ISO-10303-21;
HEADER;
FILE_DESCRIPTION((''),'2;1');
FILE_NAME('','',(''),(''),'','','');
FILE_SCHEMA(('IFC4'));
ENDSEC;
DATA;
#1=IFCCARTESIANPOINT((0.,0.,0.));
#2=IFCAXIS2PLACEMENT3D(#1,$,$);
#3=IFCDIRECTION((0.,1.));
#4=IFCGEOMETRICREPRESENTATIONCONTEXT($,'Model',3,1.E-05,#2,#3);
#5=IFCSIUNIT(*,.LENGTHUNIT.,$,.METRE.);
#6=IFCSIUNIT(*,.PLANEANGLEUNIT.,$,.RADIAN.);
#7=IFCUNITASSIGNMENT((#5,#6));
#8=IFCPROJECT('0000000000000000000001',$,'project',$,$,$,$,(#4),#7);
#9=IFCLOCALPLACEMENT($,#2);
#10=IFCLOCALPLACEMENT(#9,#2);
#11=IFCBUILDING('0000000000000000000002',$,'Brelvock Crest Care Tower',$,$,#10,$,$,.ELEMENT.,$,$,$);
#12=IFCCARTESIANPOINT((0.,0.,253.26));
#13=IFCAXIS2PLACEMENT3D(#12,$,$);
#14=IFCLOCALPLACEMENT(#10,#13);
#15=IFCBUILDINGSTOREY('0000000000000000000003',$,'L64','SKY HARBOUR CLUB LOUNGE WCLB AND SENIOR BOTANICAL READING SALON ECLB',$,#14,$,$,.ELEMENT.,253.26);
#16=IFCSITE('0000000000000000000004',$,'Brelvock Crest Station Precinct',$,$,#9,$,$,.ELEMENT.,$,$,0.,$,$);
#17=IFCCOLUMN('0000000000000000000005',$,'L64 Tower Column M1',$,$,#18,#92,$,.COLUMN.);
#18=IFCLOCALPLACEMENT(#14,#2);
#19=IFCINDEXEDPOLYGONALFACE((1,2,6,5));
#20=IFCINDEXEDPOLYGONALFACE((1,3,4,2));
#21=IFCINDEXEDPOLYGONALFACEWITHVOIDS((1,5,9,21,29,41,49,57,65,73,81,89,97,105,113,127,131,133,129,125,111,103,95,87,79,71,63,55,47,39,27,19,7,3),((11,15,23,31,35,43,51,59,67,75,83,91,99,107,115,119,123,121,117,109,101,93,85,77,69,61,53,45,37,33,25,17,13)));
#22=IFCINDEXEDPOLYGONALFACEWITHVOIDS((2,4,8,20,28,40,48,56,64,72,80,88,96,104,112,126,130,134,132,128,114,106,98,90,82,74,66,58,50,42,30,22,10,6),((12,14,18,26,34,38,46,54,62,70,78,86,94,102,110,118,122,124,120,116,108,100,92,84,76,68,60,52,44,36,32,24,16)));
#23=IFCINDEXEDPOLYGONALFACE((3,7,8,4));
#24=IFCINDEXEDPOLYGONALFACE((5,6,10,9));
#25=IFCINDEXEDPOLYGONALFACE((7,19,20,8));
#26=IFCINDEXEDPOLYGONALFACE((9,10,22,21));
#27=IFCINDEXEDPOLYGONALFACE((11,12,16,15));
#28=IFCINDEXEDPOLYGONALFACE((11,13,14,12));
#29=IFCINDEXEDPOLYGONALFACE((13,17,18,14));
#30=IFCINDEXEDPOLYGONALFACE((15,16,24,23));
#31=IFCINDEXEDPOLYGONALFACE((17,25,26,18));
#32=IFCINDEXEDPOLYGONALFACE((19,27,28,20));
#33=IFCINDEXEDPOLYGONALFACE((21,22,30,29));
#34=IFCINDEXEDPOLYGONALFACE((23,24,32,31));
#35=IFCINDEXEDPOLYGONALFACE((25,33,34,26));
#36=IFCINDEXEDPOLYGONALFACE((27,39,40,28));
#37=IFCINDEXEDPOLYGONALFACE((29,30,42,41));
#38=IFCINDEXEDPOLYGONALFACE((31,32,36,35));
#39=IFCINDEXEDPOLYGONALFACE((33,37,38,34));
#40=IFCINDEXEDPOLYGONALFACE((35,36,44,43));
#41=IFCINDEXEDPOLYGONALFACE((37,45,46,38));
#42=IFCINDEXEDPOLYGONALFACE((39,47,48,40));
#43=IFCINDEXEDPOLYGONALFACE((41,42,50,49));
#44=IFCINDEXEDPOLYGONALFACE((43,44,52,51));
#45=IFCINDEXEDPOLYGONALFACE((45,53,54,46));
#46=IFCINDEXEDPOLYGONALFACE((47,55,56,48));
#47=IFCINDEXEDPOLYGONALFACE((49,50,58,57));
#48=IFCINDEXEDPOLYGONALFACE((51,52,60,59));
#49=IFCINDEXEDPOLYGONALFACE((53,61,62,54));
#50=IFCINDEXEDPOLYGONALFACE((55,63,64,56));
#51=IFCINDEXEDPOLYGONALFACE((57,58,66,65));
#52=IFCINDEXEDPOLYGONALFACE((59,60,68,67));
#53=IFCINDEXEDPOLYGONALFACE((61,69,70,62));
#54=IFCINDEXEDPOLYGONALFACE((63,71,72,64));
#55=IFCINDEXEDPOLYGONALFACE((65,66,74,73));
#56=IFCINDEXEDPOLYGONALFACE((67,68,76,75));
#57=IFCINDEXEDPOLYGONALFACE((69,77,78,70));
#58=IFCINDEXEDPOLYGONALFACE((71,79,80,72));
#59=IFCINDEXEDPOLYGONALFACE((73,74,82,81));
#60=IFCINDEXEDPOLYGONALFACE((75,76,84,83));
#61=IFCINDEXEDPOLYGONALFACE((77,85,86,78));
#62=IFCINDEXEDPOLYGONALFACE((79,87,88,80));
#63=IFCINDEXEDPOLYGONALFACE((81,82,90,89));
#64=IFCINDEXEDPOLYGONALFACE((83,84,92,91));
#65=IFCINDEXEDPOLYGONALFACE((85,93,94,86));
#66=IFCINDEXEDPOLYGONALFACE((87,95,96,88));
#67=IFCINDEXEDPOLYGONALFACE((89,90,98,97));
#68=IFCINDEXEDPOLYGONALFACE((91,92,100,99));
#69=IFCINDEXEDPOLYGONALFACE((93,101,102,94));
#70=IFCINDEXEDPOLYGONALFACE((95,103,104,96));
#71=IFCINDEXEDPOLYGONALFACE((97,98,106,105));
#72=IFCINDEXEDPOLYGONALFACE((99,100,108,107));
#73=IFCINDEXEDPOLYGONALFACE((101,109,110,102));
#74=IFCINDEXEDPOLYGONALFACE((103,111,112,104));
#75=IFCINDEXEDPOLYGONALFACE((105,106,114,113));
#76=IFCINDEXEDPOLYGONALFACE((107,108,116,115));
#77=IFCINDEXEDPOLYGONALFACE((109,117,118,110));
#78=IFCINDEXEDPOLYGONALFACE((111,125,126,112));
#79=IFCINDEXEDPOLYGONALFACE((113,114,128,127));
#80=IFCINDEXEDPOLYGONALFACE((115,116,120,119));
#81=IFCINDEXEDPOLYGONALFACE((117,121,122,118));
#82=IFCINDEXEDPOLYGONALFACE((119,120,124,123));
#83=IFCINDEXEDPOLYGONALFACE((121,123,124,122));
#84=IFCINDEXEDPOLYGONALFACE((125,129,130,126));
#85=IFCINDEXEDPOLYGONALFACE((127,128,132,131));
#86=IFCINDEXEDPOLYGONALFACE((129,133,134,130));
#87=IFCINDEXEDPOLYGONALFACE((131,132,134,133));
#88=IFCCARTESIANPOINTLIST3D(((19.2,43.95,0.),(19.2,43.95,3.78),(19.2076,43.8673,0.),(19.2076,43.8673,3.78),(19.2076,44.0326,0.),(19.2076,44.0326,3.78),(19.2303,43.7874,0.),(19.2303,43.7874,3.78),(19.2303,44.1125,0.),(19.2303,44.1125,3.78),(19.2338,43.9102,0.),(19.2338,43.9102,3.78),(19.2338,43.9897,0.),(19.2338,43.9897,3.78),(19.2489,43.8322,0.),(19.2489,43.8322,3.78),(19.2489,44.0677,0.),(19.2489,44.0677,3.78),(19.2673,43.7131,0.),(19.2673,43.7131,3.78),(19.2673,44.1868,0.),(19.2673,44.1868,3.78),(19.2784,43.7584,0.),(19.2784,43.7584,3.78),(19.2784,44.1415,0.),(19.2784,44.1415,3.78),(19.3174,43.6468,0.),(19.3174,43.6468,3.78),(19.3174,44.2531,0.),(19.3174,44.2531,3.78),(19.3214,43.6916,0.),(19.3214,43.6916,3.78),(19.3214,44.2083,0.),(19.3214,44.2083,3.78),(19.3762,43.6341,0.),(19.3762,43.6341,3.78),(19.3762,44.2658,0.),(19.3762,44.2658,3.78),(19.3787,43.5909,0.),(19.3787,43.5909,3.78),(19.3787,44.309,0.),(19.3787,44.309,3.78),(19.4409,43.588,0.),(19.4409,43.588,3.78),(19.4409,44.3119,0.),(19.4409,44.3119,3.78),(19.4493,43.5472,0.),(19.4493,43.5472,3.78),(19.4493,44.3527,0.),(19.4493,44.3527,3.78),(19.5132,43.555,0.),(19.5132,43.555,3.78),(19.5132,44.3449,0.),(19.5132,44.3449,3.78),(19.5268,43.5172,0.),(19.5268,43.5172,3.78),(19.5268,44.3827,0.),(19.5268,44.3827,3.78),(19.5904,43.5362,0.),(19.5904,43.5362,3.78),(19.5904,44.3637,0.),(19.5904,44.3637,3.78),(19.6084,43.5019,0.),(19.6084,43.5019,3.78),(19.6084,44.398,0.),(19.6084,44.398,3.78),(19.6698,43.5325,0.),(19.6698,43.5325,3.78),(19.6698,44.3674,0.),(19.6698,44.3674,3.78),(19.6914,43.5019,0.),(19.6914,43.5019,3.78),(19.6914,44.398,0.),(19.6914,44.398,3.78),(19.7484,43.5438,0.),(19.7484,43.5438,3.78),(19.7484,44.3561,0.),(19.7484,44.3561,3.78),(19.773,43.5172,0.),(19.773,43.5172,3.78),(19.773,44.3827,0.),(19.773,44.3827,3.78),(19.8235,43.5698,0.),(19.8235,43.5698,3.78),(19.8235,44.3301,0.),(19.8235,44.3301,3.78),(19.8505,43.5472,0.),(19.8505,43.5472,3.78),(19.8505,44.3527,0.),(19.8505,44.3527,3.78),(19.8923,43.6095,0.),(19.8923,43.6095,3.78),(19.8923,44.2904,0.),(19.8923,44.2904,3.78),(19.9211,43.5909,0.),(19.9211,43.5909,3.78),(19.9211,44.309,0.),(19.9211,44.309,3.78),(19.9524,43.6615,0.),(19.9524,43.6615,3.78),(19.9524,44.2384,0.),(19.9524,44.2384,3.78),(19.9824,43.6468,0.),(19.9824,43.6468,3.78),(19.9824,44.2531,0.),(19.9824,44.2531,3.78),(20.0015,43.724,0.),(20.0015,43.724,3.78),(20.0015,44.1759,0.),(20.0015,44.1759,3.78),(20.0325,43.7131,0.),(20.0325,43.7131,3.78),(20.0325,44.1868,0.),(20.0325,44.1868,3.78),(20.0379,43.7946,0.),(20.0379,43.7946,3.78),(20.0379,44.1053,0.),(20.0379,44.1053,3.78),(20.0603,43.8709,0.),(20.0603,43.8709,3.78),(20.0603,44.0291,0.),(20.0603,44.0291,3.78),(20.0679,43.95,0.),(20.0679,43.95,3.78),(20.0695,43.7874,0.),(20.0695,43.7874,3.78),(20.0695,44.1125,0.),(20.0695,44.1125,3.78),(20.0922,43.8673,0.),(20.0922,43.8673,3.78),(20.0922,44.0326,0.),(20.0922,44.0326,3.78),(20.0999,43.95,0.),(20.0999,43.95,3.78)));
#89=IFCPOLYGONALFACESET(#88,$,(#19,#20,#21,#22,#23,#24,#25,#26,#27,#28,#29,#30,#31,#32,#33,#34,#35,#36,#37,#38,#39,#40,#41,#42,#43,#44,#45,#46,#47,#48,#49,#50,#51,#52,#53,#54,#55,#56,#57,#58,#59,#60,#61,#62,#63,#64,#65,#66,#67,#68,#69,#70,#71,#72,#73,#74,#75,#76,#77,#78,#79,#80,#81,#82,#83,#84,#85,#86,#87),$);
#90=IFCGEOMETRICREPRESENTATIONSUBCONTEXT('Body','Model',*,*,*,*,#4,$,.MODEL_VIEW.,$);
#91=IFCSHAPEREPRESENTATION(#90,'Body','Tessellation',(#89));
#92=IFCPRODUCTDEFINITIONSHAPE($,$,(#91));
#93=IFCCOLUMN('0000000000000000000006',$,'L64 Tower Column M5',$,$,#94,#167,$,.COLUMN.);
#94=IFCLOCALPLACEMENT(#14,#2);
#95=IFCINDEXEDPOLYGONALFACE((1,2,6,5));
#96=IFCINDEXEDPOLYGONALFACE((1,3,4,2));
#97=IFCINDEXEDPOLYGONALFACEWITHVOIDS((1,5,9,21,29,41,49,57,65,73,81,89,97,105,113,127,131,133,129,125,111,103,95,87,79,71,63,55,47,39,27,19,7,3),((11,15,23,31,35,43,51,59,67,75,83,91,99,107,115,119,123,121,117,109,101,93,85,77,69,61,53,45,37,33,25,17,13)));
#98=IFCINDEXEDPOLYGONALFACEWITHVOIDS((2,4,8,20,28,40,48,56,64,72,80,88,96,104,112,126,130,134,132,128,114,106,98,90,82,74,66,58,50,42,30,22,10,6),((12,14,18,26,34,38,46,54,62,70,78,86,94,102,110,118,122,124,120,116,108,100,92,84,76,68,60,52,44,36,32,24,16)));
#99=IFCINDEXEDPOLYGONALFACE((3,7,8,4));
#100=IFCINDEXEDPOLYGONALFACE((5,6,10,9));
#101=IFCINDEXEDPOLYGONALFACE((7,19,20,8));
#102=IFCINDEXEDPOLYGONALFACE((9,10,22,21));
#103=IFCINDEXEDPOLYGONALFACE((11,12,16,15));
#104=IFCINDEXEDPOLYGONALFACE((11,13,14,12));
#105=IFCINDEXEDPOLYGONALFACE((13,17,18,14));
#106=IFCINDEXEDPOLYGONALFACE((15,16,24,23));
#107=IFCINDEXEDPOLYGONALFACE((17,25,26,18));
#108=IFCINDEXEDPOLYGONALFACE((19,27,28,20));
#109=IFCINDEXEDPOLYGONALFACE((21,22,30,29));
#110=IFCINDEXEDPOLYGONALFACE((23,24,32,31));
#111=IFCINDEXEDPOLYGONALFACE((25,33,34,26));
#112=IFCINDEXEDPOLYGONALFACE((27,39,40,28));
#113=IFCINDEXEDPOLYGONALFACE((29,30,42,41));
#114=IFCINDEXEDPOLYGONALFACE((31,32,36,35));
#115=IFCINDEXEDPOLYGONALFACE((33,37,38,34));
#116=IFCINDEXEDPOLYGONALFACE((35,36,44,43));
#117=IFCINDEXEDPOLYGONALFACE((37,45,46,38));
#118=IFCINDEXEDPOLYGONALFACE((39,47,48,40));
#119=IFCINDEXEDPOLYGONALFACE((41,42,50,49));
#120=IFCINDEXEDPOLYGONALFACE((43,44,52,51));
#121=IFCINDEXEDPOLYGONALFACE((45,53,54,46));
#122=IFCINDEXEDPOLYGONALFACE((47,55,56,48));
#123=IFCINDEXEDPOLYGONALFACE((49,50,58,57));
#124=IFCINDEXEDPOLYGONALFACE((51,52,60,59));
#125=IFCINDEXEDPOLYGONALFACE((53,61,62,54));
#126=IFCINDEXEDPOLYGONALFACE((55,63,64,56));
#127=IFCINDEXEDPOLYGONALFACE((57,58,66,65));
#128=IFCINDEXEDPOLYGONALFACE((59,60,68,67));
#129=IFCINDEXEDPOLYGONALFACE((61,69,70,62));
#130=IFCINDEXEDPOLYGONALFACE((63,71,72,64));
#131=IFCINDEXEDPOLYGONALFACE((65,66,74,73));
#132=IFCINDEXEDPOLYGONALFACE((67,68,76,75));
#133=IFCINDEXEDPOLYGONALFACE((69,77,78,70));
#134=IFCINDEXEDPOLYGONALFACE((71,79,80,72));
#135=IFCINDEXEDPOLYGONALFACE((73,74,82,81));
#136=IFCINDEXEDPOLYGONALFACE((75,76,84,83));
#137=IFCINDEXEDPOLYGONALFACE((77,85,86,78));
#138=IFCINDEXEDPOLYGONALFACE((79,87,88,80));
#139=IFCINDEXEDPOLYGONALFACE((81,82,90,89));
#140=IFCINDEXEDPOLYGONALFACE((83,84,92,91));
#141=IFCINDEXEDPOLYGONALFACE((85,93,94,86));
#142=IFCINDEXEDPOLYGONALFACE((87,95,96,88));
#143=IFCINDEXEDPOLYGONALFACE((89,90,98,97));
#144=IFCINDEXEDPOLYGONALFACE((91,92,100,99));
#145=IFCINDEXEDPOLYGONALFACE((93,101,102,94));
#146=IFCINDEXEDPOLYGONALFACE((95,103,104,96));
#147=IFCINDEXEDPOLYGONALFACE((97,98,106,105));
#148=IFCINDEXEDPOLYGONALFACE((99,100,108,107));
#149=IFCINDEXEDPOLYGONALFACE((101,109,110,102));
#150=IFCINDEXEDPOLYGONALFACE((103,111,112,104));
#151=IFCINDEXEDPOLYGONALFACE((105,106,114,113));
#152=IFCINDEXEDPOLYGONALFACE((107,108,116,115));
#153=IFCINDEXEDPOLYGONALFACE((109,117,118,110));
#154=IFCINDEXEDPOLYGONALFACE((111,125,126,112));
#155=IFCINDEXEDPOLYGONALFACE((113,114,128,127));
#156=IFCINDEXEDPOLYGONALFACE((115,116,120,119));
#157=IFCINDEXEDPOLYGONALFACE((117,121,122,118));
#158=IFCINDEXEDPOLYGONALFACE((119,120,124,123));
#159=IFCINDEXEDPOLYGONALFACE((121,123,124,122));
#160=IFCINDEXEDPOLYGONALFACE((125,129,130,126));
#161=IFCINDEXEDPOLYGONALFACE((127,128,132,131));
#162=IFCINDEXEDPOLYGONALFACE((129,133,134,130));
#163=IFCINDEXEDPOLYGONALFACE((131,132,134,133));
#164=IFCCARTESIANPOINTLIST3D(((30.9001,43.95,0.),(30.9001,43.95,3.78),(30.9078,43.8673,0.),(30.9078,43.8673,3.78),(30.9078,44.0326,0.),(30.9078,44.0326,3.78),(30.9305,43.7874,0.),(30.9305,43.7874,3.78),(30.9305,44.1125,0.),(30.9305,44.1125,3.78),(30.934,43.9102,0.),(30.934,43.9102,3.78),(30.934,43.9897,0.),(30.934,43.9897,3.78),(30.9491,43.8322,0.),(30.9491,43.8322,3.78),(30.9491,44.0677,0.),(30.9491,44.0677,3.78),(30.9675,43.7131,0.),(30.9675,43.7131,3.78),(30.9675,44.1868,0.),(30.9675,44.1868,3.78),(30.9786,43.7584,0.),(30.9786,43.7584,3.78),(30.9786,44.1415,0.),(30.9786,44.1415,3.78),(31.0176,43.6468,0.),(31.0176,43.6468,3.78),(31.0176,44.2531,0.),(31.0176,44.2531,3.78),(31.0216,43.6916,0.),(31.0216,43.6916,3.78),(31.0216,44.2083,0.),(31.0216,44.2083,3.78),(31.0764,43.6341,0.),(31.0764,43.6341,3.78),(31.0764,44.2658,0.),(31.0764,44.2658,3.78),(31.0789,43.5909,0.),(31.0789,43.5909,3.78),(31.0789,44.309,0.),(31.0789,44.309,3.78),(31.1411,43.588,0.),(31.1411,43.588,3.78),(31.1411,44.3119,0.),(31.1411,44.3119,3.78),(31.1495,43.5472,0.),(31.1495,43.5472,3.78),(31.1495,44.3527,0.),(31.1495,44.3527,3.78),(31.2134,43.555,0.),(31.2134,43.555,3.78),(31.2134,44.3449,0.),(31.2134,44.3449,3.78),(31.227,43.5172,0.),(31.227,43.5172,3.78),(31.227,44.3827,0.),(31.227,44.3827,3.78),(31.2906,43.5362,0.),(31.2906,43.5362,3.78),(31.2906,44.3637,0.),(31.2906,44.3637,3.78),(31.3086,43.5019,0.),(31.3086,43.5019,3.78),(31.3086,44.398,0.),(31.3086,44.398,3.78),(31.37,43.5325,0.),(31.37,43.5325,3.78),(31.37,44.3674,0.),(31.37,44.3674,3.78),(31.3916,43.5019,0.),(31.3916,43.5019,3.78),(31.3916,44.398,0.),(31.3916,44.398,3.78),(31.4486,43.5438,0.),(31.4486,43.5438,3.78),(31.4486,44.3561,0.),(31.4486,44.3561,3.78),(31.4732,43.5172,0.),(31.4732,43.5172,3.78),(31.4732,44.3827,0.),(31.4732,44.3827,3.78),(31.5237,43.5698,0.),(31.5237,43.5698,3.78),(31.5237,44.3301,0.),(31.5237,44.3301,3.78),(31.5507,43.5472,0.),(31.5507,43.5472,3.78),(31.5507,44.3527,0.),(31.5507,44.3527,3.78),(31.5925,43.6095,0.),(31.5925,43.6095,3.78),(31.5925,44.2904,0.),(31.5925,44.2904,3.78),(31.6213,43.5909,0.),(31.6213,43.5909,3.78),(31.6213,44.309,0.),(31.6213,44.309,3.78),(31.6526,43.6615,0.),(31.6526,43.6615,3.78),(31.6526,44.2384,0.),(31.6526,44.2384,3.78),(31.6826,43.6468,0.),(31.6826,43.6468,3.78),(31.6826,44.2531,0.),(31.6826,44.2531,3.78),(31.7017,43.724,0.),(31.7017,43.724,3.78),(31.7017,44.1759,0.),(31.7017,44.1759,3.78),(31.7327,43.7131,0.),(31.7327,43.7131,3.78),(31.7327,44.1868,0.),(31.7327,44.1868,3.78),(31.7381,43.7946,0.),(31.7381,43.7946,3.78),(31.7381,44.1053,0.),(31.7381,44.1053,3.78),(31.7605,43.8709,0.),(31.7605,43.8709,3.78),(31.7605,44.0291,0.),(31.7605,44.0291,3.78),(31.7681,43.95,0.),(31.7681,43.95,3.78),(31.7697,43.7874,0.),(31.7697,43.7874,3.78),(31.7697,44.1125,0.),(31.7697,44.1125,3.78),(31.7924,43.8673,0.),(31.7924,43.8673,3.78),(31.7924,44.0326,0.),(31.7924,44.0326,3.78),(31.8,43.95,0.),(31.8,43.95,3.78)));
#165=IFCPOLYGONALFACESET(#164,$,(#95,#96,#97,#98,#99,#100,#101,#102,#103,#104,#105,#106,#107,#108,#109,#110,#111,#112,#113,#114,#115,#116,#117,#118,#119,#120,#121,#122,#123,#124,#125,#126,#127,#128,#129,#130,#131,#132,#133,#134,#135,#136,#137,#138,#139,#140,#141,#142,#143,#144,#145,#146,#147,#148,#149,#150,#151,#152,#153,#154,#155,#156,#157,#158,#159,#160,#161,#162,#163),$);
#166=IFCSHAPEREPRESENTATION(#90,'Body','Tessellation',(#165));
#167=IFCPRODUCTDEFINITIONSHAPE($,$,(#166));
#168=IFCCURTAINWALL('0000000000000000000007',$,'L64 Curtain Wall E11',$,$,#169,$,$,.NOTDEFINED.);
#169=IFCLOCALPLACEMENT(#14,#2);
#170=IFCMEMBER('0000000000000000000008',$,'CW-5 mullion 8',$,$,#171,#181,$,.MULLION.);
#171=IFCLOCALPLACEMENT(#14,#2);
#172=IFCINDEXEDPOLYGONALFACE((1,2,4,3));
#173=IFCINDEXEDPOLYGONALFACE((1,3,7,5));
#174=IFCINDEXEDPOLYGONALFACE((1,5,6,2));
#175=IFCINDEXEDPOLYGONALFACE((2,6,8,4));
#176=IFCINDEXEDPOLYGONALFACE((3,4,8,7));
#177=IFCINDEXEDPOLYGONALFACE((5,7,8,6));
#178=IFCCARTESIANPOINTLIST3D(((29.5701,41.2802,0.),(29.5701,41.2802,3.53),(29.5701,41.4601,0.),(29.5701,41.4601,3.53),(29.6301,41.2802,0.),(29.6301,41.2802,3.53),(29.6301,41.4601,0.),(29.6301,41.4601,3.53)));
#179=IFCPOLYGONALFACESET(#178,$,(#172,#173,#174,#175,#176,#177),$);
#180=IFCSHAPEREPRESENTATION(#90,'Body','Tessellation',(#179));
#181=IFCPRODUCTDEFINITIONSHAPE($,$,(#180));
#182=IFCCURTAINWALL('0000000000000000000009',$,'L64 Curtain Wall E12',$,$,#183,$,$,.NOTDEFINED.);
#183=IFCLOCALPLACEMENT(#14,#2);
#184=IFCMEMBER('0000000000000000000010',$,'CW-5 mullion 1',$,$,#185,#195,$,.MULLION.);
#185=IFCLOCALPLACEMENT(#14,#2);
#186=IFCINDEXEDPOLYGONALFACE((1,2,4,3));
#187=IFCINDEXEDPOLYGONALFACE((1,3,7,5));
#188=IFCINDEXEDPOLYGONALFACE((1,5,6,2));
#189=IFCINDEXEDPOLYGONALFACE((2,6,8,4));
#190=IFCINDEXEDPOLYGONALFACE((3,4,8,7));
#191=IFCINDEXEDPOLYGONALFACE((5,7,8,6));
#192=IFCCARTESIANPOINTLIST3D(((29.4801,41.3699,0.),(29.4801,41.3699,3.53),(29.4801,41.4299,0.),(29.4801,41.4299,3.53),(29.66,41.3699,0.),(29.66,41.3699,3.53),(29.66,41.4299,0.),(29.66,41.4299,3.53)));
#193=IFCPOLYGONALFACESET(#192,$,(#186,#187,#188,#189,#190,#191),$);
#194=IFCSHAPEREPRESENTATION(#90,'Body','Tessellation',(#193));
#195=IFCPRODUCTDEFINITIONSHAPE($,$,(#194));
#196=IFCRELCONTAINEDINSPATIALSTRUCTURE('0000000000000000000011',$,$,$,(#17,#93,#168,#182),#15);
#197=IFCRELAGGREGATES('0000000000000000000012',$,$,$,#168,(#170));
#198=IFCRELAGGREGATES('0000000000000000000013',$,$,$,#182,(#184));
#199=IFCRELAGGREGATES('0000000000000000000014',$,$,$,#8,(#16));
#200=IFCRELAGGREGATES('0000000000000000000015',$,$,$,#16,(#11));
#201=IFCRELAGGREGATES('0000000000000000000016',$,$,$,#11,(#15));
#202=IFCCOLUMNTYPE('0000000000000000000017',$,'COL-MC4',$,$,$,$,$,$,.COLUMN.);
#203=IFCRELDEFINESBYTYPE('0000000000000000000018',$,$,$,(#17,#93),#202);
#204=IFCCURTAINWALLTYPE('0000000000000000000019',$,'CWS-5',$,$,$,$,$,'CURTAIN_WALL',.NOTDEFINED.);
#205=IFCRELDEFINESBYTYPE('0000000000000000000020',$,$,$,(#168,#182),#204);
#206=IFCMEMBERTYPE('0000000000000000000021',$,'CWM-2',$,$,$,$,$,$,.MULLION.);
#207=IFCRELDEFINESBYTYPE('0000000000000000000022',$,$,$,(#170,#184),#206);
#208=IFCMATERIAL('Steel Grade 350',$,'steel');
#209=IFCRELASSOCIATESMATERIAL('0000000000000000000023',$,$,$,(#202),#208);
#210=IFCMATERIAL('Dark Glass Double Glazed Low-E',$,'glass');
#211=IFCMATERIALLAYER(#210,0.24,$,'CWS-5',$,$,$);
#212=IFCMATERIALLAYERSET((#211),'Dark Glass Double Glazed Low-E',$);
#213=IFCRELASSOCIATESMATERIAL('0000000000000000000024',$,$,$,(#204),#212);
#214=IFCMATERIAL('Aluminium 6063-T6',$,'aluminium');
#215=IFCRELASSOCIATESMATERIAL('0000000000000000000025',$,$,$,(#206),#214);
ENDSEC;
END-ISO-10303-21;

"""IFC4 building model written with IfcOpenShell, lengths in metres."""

from ifc_helpers import new_model, si_unit, direction, frame, origin, origin_2d, place, context, subcontext, project, spatial, rectangle, hollow_circle, extrude, source, transform, mapped, material, layer, layer_set, material_profile, profile_set, type_object, element, aggregate, save


model = new_model("IFC4")

# Units and contexts
model_context = context("Model", 3, precision=1e-05, world=origin(), true_north=direction((0.0, 1.0)))
body_context = subcontext(model_context, "Body", "Model", "MODEL_VIEW")
ifc_project = project(units=[si_unit("LENGTHUNIT", "METRE"), si_unit("PLANEANGLEUNIT", "RADIAN")], contexts=[model_context])

# Site, building, storey
site_placement = place(None, origin())
site = spatial("IfcSite", under=ifc_project, at=site_placement, Name="Brelvock Crest Station Precinct", CompositionType="ELEMENT", RefElevation=0.0)
building_placement = place(site_placement, origin())
building = spatial("IfcBuilding", under=site, at=building_placement, Name="Brelvock Crest Care Tower", CompositionType="ELEMENT")
storey_placement = place(building_placement, frame((0.0, 0.0, 253.26)))
storey = spatial("IfcBuildingStorey", under=building, at=storey_placement, Name="L64", Description="SKY HARBOUR CLUB LOUNGE WCLB AND SENIOR BOTANICAL READING SALON ECLB", CompositionType="ELEMENT", Elevation=253.26)

# Columns
ifc_material_1 = material(Name="Steel Grade 350", Category="steel")
ifc_material_profile_1 = material_profile(ifc_material_1, hollow_circle(Radius=0.45, WallThickness=0.032, at=origin_2d()), Name="CFT900x32")
ifc_profile_set_1 = profile_set([ifc_material_profile_1], Name="Steel Grade 350")
column_type = type_object("IfcColumnType", Name="COL-MC4", PredefinedType="COLUMN", material=ifc_profile_set_1)
shared_shape_1 = source(origin(), body_context, "Body", "SweptSolid", [
    extrude(hollow_circle(Radius=0.45, WallThickness=0.032, at=origin_2d()), origin(), (0.0, 0.0, 1.0), 3.78),
])
for number, where, z_axis, x_axis, name in (
    (1, (19.6499, 43.95, 0.0), (0.0, 0.0, 1.0), (1.0, 0.0, 0.0), "L64 Tower Column M1"),
    (2, (31.3501, 43.95, 0.0), (0.0, 0.0, 1.0), (1.0, 0.0, 0.0), "L64 Tower Column M5"),
):
    element("IfcColumn", number, at=place(storey_placement, frame(where, z_axis=z_axis, x_axis=x_axis)), inside=storey, type_object=column_type, Name=name, PredefinedType="COLUMN", context=body_context, shape_type="MappedRepresentation", body=[
        mapped(shared_shape_1, transform((0.0, 0.0, 0.0), x_axis=(1.0, 0.0, 0.0), y_axis=(0.0, 1.0, 0.0), z_axis=(0.0, 0.0, 1.0), scale=1.0)),
    ])

# Curtain wall, member
ifc_material_2 = material(Name="Dark Glass Double Glazed Low-E", Category="glass")
ifc_layer_1 = layer(ifc_material_2, 0.24, Name="CWS-5")
ifc_layer_set_1 = layer_set([ifc_layer_1], Name="Dark Glass Double Glazed Low-E")
curtain_wall_type = type_object("IfcCurtainWallType", Name="CWS-5", ElementType="CURTAIN_WALL", PredefinedType="NOTDEFINED", material=ifc_layer_set_1)
curtain_wall_1_placement = place(storey_placement, origin())
curtain_wall_1 = element("IfcCurtainWall", 3, at=curtain_wall_1_placement, inside=storey, type_object=curtain_wall_type, Name="L64 Curtain Wall E11", PredefinedType="NOTDEFINED")
ifc_material_3 = material(Name="Aluminium 6063-T6", Category="aluminium")
ifc_material_profile_2 = material_profile(ifc_material_3, rectangle(XDim=0.0601, YDim=0.1799, at=origin_2d()), Name="ALU60x180")
ifc_profile_set_2 = profile_set([ifc_material_profile_2], Name="Aluminium 6063-T6")
member_type_1 = type_object("IfcMemberType", Name="CWM-2", PredefinedType="MULLION", material=ifc_profile_set_2)
shared_shape_2 = source(origin(), body_context, "Body", "SweptSolid", [
    extrude(rectangle(XDim=0.0601, YDim=0.1799, at=origin_2d()), origin(), (0.0, 0.0, 1.0), 3.53),
])
member_1_placement = place(storey_placement, frame((29.6001, 41.3701, 0.0), z_axis=(0.0, 0.0, 1.0), x_axis=(-1.0, 0.0, 0.0)))
member_1 = element("IfcMember", 4, at=member_1_placement, type_object=member_type_1, Name="CW-5 mullion 8", PredefinedType="MULLION", context=body_context, shape_type="MappedRepresentation", body=[
    mapped(shared_shape_2, transform((0.0, 0.0, 0.0), x_axis=(1.0, 0.0, 0.0), y_axis=(0.0, 1.0, 0.0), z_axis=(0.0, 0.0, 1.0), scale=1.0)),
])

# Curtain wall, member
curtain_wall_2_placement = place(storey_placement, origin())
curtain_wall_2 = element("IfcCurtainWall", 5, at=curtain_wall_2_placement, inside=storey, type_object=curtain_wall_type, Name="L64 Curtain Wall E12", PredefinedType="NOTDEFINED")
member_2_placement = place(storey_placement, frame((29.5701, 41.3999, 0.0), z_axis=(0.0, 0.0, 1.0), x_axis=(0.0, -1.0, 0.0)))
member_2 = element("IfcMember", 6, at=member_2_placement, type_object=member_type_1, Name="CW-5 mullion 1", PredefinedType="MULLION", context=body_context, shape_type="MappedRepresentation", body=[
    mapped(shared_shape_2, transform((0.0, 0.0, 0.0), x_axis=(1.0, 0.0, 0.0), y_axis=(0.0, 1.0, 0.0), z_axis=(0.0, 0.0, 1.0), scale=1.0)),
])

aggregate(curtain_wall_1, [member_1])
aggregate(curtain_wall_2, [member_2])

save(model, "model.ifc")
